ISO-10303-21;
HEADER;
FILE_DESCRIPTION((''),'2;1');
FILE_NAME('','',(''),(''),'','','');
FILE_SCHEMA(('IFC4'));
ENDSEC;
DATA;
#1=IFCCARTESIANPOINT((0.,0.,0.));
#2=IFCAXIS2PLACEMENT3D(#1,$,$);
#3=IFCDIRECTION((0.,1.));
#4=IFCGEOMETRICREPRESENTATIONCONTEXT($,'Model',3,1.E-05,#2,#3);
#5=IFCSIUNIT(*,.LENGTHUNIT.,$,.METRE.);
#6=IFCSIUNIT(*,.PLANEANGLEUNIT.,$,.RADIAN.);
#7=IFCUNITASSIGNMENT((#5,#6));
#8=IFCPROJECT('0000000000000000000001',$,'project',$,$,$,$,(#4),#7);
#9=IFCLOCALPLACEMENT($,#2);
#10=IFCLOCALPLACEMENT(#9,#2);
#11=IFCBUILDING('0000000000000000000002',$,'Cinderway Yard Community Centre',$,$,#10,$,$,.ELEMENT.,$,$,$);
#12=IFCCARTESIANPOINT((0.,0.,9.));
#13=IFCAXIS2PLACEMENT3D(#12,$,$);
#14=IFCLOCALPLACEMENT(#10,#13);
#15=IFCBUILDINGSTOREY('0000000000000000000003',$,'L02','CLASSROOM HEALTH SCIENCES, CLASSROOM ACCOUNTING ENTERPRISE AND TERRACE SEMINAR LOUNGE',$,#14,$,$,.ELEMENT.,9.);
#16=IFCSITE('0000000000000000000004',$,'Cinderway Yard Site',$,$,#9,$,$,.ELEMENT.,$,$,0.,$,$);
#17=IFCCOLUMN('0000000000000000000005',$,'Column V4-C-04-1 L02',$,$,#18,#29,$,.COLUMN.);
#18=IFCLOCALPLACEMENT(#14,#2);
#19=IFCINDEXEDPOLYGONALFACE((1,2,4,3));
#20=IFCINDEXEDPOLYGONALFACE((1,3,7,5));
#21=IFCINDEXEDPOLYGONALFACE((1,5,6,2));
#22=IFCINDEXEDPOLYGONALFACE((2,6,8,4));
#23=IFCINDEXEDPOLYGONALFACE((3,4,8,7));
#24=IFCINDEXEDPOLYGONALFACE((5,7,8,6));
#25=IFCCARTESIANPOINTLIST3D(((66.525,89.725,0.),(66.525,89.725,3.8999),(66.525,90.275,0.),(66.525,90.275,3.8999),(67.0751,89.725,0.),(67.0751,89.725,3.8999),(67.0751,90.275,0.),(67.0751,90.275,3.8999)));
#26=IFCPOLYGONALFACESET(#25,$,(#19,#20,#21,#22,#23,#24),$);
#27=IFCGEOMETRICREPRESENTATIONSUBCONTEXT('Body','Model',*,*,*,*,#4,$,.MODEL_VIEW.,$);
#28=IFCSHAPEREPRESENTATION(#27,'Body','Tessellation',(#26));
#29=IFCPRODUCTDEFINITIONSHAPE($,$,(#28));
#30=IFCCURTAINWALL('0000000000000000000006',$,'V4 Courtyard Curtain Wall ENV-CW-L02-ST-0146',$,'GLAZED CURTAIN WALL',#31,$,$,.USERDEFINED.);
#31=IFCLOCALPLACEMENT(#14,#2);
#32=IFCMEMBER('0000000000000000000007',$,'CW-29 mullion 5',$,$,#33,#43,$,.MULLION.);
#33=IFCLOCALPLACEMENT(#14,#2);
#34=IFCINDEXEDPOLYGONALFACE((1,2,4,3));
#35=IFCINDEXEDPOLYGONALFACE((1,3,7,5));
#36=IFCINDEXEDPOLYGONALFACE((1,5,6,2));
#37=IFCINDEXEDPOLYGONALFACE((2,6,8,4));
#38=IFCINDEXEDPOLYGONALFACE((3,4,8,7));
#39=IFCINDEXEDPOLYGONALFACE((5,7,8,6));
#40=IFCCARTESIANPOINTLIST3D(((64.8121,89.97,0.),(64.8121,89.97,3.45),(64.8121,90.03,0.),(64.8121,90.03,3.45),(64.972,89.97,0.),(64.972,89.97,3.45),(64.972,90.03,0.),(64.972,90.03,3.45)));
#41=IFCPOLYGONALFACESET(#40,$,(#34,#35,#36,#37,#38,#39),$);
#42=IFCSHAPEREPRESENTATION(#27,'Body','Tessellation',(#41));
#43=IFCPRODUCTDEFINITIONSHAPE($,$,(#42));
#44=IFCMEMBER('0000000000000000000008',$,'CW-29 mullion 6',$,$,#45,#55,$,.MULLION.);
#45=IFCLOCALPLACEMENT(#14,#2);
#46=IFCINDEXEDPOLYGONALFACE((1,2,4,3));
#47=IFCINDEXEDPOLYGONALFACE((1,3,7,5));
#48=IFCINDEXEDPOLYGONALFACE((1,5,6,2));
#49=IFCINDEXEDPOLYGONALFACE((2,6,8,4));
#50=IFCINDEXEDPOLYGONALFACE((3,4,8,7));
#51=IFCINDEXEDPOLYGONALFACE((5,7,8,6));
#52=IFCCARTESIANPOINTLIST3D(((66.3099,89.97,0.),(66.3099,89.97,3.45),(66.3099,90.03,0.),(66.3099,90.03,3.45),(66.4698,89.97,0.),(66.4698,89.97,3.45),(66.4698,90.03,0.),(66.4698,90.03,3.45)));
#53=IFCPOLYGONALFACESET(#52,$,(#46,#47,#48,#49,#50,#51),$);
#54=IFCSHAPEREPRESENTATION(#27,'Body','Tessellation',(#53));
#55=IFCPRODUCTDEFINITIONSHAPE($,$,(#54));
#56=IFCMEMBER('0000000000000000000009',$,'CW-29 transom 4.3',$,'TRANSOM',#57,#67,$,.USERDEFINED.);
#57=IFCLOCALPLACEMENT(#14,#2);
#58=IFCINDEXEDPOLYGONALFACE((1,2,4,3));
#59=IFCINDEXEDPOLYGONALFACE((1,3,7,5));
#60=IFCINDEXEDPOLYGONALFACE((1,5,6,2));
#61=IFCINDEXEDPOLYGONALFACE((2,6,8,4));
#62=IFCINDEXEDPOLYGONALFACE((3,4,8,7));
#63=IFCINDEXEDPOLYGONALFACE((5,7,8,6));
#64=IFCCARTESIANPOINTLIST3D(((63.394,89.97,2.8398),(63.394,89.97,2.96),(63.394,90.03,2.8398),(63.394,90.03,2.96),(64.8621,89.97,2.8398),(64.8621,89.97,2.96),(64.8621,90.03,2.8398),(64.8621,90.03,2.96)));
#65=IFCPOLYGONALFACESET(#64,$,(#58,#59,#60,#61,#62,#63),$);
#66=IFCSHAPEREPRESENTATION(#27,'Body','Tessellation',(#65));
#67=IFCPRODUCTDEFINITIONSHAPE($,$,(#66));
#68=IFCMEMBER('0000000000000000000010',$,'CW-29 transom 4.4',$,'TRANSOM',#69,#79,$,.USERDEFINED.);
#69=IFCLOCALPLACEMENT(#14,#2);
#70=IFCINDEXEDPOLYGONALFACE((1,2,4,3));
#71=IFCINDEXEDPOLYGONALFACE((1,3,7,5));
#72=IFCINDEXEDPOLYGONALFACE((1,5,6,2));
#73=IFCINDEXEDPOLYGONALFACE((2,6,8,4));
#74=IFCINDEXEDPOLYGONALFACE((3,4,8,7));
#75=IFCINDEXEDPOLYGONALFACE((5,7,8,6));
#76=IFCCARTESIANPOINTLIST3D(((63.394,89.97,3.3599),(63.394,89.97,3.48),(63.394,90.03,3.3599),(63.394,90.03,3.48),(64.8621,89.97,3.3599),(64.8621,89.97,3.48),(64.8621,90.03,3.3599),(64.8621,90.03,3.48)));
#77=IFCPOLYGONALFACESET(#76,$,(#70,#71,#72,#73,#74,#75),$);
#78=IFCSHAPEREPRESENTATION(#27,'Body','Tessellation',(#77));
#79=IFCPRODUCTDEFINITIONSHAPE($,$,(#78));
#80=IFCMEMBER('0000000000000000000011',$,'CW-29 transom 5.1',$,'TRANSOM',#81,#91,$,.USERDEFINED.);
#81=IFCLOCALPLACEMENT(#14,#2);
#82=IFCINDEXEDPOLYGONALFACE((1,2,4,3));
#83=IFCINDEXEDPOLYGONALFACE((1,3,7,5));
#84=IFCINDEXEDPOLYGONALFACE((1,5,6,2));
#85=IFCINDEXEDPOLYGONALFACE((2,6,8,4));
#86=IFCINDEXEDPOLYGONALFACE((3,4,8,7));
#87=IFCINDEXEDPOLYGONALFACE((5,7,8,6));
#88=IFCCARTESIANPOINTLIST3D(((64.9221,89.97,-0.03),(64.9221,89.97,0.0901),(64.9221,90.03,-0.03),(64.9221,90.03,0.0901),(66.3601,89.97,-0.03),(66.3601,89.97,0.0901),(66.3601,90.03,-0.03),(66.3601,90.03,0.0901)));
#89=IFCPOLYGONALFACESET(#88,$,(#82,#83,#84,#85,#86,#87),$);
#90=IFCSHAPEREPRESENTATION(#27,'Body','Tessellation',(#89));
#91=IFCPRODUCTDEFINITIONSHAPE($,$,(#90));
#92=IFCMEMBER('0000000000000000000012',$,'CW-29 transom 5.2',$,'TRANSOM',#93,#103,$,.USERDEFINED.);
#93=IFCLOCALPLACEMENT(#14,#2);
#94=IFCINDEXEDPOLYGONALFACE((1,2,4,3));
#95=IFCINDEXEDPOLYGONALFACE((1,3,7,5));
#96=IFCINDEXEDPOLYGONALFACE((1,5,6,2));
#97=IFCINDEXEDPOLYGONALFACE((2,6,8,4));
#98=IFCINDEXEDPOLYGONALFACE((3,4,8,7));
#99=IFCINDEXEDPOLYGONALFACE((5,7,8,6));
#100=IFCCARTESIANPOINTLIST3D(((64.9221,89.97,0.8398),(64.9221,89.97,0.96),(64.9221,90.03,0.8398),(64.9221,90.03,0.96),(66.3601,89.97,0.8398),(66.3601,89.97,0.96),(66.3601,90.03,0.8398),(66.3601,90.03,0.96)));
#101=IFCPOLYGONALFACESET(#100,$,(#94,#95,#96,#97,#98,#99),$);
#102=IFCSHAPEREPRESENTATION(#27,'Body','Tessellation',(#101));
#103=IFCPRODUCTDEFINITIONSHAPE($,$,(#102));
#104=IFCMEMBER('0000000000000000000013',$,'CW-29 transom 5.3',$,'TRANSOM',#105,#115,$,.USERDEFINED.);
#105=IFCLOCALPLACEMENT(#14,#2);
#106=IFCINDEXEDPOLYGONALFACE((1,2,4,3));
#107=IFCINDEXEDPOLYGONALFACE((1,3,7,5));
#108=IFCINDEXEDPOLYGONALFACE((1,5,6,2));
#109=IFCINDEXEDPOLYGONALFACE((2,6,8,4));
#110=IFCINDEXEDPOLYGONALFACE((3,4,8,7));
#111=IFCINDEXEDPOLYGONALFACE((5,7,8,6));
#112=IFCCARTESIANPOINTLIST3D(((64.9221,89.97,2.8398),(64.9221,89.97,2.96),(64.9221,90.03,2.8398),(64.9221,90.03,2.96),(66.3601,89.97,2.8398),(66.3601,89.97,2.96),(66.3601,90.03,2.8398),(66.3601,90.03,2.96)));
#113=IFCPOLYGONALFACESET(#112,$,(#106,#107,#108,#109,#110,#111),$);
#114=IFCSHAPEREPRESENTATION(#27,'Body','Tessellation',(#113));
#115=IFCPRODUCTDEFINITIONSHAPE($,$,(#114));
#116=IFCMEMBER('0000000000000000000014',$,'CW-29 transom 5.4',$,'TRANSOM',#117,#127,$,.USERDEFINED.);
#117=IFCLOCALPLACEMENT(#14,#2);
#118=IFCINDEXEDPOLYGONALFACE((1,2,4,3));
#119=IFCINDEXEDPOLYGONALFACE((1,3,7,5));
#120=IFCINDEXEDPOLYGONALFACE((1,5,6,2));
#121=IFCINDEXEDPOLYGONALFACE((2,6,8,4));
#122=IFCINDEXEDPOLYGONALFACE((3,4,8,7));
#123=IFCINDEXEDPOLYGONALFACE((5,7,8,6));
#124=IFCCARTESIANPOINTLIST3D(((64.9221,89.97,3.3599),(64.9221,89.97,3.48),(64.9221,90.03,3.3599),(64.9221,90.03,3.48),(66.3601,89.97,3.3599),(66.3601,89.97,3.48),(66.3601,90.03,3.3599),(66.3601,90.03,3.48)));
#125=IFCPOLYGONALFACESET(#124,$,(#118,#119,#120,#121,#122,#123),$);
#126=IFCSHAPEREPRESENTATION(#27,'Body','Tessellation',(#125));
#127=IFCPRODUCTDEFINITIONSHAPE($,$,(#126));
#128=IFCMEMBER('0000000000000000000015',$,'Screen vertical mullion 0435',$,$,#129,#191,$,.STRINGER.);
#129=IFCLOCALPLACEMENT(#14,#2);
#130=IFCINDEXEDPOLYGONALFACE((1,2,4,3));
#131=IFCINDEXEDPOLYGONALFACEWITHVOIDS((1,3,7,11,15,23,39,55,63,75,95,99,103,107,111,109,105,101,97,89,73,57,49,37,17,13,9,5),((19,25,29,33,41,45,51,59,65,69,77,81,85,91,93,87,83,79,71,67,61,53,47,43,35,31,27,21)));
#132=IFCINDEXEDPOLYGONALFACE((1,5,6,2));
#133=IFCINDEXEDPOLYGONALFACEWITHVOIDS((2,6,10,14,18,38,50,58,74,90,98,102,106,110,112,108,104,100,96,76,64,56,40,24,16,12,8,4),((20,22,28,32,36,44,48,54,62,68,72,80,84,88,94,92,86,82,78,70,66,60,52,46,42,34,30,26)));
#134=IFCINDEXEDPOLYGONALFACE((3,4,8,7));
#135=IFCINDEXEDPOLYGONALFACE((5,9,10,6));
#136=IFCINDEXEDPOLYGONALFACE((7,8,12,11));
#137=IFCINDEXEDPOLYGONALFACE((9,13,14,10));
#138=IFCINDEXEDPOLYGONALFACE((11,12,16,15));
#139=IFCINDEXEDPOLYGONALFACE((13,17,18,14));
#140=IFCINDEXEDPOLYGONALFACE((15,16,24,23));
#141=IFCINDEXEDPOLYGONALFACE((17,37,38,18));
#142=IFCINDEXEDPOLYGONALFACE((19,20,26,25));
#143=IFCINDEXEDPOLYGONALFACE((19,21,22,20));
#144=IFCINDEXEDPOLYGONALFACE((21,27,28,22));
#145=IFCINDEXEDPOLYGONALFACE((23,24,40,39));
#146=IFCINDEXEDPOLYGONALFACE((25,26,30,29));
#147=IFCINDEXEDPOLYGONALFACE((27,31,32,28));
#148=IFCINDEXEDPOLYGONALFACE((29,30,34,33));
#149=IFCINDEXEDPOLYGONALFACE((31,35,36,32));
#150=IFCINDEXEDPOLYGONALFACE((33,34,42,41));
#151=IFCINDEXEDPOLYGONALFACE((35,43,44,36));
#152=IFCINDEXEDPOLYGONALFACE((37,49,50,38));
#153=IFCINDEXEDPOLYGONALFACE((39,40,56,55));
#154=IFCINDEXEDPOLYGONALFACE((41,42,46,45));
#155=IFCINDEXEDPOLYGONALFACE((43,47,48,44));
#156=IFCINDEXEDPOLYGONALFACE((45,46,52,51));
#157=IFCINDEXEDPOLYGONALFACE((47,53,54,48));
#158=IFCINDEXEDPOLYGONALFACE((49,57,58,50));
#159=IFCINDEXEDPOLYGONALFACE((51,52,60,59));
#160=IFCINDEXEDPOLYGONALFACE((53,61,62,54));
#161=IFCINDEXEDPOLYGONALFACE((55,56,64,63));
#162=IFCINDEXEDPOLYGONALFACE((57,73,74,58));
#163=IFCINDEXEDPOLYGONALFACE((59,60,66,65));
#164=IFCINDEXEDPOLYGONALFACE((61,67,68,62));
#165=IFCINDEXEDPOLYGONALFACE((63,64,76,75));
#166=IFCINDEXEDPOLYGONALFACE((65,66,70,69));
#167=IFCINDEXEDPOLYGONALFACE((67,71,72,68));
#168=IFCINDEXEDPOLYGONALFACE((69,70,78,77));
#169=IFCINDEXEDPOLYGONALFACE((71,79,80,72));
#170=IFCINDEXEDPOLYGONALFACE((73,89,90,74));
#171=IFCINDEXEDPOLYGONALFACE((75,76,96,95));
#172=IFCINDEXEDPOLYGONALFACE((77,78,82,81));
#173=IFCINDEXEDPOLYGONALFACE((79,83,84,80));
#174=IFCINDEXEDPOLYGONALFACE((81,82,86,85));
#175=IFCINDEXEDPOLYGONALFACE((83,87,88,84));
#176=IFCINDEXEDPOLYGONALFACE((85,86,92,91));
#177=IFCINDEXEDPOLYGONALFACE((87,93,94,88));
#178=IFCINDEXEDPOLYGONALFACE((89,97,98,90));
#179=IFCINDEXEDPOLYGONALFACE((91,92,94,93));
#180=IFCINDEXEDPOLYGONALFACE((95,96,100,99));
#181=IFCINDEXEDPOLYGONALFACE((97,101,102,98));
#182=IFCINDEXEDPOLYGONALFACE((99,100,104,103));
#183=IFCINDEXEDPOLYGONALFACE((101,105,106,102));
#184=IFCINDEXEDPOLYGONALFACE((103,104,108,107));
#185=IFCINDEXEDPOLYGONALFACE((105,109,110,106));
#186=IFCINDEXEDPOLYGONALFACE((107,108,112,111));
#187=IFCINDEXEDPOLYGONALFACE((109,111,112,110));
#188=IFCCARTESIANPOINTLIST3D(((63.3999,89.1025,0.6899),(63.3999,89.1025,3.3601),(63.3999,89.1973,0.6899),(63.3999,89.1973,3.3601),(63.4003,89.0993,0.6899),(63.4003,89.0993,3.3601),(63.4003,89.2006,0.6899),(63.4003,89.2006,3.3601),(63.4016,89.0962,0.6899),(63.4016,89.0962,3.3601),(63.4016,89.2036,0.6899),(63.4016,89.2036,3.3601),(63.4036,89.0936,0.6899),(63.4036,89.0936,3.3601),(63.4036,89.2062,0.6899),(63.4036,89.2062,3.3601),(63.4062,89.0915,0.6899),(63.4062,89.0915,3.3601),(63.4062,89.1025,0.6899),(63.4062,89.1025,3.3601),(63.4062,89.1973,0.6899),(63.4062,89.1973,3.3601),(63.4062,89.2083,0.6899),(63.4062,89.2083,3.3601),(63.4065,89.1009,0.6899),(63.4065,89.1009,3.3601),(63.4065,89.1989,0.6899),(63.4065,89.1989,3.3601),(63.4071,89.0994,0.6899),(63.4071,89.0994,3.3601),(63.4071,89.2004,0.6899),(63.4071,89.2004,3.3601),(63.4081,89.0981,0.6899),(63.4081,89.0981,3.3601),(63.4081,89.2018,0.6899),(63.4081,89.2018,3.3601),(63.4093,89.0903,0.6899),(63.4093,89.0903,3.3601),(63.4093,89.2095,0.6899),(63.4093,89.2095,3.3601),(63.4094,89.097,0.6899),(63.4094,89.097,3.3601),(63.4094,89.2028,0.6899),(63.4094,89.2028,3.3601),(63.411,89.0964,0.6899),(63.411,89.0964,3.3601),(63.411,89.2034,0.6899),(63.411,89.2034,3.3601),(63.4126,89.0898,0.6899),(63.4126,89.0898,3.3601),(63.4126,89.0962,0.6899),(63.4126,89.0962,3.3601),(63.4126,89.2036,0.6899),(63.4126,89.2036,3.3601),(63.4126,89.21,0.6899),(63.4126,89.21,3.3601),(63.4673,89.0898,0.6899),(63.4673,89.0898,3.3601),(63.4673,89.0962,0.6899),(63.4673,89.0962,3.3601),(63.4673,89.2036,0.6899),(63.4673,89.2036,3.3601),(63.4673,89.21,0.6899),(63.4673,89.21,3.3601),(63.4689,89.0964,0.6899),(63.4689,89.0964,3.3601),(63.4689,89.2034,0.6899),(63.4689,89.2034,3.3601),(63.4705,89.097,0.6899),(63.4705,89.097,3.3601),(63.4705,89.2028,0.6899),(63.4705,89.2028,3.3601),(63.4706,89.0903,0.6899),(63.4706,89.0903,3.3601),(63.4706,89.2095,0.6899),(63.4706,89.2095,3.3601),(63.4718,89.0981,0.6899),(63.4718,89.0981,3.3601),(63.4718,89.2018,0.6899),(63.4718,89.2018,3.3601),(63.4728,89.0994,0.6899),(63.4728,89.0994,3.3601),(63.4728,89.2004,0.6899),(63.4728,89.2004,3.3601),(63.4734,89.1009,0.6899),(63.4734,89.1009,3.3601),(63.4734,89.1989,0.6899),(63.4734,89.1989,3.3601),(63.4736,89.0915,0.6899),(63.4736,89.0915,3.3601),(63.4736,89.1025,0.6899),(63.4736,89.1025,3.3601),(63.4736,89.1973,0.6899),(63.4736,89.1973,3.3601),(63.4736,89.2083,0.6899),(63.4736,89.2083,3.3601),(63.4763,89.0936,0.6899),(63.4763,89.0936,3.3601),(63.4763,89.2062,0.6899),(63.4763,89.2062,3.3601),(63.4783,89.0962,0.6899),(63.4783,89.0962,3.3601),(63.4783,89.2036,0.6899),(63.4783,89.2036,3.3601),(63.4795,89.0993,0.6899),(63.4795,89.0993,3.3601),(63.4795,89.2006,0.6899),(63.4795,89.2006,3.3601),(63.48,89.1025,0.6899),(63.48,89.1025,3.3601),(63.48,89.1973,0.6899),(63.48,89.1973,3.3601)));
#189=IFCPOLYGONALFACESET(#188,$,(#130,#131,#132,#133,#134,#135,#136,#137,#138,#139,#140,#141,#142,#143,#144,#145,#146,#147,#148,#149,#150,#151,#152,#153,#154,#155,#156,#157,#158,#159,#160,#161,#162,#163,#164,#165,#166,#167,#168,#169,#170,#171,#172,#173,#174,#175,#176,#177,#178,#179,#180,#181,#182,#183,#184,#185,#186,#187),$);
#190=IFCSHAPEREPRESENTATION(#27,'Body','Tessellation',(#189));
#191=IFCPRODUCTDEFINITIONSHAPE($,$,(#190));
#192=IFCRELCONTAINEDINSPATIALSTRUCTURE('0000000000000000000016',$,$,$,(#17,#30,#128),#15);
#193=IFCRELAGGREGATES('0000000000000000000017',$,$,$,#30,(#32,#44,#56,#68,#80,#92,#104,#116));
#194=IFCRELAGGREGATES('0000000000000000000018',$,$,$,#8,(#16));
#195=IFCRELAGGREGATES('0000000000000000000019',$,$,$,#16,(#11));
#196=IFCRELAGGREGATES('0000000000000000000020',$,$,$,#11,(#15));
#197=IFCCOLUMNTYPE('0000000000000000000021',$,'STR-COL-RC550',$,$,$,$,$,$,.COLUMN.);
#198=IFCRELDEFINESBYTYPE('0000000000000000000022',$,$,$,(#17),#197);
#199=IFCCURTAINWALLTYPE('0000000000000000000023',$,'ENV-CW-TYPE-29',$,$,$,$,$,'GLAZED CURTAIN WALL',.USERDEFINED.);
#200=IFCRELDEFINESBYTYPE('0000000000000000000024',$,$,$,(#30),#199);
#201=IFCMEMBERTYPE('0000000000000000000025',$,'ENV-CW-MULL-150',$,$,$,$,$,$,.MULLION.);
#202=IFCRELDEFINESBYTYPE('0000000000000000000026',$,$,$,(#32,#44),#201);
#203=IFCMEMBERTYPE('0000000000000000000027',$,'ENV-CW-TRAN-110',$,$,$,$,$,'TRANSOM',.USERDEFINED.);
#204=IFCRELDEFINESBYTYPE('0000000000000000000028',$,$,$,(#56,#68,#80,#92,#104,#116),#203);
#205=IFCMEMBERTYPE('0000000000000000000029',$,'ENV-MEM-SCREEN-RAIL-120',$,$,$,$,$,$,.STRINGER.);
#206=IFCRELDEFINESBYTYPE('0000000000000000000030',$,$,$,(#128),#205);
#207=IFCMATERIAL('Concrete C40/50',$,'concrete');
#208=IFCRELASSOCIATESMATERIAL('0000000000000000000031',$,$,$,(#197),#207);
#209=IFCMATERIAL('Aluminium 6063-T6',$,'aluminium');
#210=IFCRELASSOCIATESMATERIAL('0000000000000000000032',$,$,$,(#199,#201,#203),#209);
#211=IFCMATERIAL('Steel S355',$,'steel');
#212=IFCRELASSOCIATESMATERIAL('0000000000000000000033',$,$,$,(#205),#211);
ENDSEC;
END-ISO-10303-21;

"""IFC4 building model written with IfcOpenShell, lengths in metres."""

from ifc_helpers import new_model, si_unit, direction, frame, origin, origin_2d, place, context, subcontext, project, spatial, rectangle, hollow_rectangle, extrude, material, material_profile, profile_set, type_object, element, aggregate, save


model = new_model("IFC4")

# Units and contexts
model_context = context("Model", 3, precision=1e-05, world=origin(), true_north=direction((0.0, 1.0)))
body_context = subcontext(model_context, "Body", "Model", "MODEL_VIEW")
ifc_project = project(units=[si_unit("LENGTHUNIT", "METRE"), si_unit("PLANEANGLEUNIT", "RADIAN")], contexts=[model_context])

# Site, building, storey
site_placement = place(None, origin())
site = spatial("IfcSite", under=ifc_project, at=site_placement, Name="Cinderway Yard Site", CompositionType="ELEMENT", RefElevation=0.0)
building_placement = place(site_placement, origin())
building = spatial("IfcBuilding", under=site, at=building_placement, Name="Cinderway Yard Community Centre", CompositionType="ELEMENT")
storey_placement = place(building_placement, frame((0.0, 0.0, 9.0)))
storey = spatial("IfcBuildingStorey", under=building, at=storey_placement, Name="L02", Description="CLASSROOM HEALTH SCIENCES, CLASSROOM ACCOUNTING ENTERPRISE AND TERRACE SEMINAR LOUNGE", CompositionType="ELEMENT", Elevation=9.0)

# Column
ifc_material_1 = material(Name="Concrete C40/50", Category="concrete")
ifc_material_profile_1 = material_profile(ifc_material_1, rectangle(XDim=0.55, YDim=0.55, at=origin_2d()), Name="Concrete C40/50")
ifc_profile_set_1 = profile_set([ifc_material_profile_1], Name="Concrete C40/50")
column_type = type_object("IfcColumnType", Name="STR-COL-RC550", PredefinedType="COLUMN", material=ifc_profile_set_1)
column_placement = place(storey_placement, frame((66.8, 90.0, 0.0), z_axis=(0.0, 0.0, 1.0), x_axis=(1.0, 0.0, 0.0)))
element("IfcColumn", 1, at=column_placement, inside=storey, type_object=column_type, Name="Column V4-C-04-1 L02", PredefinedType="COLUMN", context=body_context, shape_type="SweptSolid", body=[
    extrude(rectangle(XDim=0.55, YDim=0.55, at=origin_2d()), origin(), (0.0, 0.0, 1.0), 3.8999),
])

# Curtain wall, members
ifc_material_2 = material(Name="Aluminium 6063-T6", Category="aluminium")
curtain_wall_type = type_object("IfcCurtainWallType", Name="ENV-CW-TYPE-29", ElementType="GLAZED CURTAIN WALL", PredefinedType="USERDEFINED", material=ifc_material_2)
curtain_wall_placement = place(storey_placement, origin())
curtain_wall = element("IfcCurtainWall", 2, at=curtain_wall_placement, inside=storey, type_object=curtain_wall_type, Name="V4 Courtyard Curtain Wall ENV-CW-L02-ST-0146", ObjectType="GLAZED CURTAIN WALL", PredefinedType="USERDEFINED")
ifc_material_profile_2 = material_profile(ifc_material_2, rectangle(XDim=0.0601, YDim=0.1599, at=origin_2d()), Name="Aluminium 6063-T6")
ifc_profile_set_2 = profile_set([ifc_material_profile_2], Name="Aluminium 6063-T6")
member_type_1 = type_object("IfcMemberType", Name="ENV-CW-MULL-150", PredefinedType="MULLION", material=ifc_profile_set_2)
member_1_placement = place(storey_placement, frame((64.8921, 90.0, 0.0), z_axis=(0.0, 0.0, 1.0), x_axis=(0.0, 1.0, 0.0)))
member_1 = element("IfcMember", 3, at=member_1_placement, type_object=member_type_1, Name="CW-29 mullion 5", PredefinedType="MULLION", context=body_context, shape_type="SweptSolid", body=[
    extrude(rectangle(XDim=0.0601, YDim=0.1599, at=origin_2d()), origin(), (0.0, 0.0, 1.0), 3.45),
])
member_2_placement = place(storey_placement, frame((66.3899, 90.0, 0.0), z_axis=(0.0, 0.0, 1.0), x_axis=(0.0, 1.0, 0.0)))
member_2 = element("IfcMember", 4, at=member_2_placement, type_object=member_type_1, Name="CW-29 mullion 6", PredefinedType="MULLION", context=body_context, shape_type="SweptSolid", body=[
    extrude(rectangle(XDim=0.0601, YDim=0.1599, at=origin_2d()), origin(), (0.0, 0.0, 1.0), 3.45),
])
ifc_material_profile_3 = material_profile(ifc_material_2, rectangle(XDim=0.0601, YDim=0.1201, at=origin_2d()), Name="Aluminium 6063-T6")
ifc_profile_set_3 = profile_set([ifc_material_profile_3], Name="Aluminium 6063-T6")
member_type_2 = type_object("IfcMemberType", Name="ENV-CW-TRAN-110", ElementType="TRANSOM", PredefinedType="USERDEFINED", material=ifc_profile_set_3)
member_3_placement = place(storey_placement, frame((63.394, 90.0, 2.8999), z_axis=(1.0, 0.0, 0.0), x_axis=(0.0, 1.0, 0.0)))
member_3 = element("IfcMember", 5, at=member_3_placement, type_object=member_type_2, Name="CW-29 transom 4.3", ObjectType="TRANSOM", PredefinedType="USERDEFINED", context=body_context, shape_type="SweptSolid", body=[
    extrude(rectangle(XDim=0.0601, YDim=0.1201, at=origin_2d()), origin(), (0.0, 0.0, 1.0), 1.468),
])
member_4_placement = place(storey_placement, frame((63.394, 90.0, 3.4199), z_axis=(1.0, 0.0, 0.0), x_axis=(0.0, 1.0, 0.0)))
member_4 = element("IfcMember", 6, at=member_4_placement, type_object=member_type_2, Name="CW-29 transom 4.4", ObjectType="TRANSOM", PredefinedType="USERDEFINED", context=body_context, shape_type="SweptSolid", body=[
    extrude(rectangle(XDim=0.0601, YDim=0.1201, at=origin_2d()), origin(), (0.0, 0.0, 1.0), 1.468),
])
member_5_placement = place(storey_placement, frame((64.9221, 90.0, 0.03), z_axis=(1.0, 0.0, 0.0), x_axis=(0.0, 1.0, 0.0)))
member_5 = element("IfcMember", 7, at=member_5_placement, type_object=member_type_2, Name="CW-29 transom 5.1", ObjectType="TRANSOM", PredefinedType="USERDEFINED", context=body_context, shape_type="SweptSolid", body=[
    extrude(rectangle(XDim=0.0601, YDim=0.1201, at=origin_2d()), origin(), (0.0, 0.0, 1.0), 1.438),
])
member_6_placement = place(storey_placement, frame((64.9221, 90.0, 0.8999), z_axis=(1.0, 0.0, 0.0), x_axis=(0.0, 1.0, 0.0)))
member_6 = element("IfcMember", 8, at=member_6_placement, type_object=member_type_2, Name="CW-29 transom 5.2", ObjectType="TRANSOM", PredefinedType="USERDEFINED", context=body_context, shape_type="SweptSolid", body=[
    extrude(rectangle(XDim=0.0601, YDim=0.1201, at=origin_2d()), origin(), (0.0, 0.0, 1.0), 1.438),
])
member_7_placement = place(storey_placement, frame((64.9221, 90.0, 2.8999), z_axis=(1.0, 0.0, 0.0), x_axis=(0.0, 1.0, 0.0)))
member_7 = element("IfcMember", 9, at=member_7_placement, type_object=member_type_2, Name="CW-29 transom 5.3", ObjectType="TRANSOM", PredefinedType="USERDEFINED", context=body_context, shape_type="SweptSolid", body=[
    extrude(rectangle(XDim=0.0601, YDim=0.1201, at=origin_2d()), origin(), (0.0, 0.0, 1.0), 1.438),
])
member_8_placement = place(storey_placement, frame((64.9221, 90.0, 3.4199), z_axis=(1.0, 0.0, 0.0), x_axis=(0.0, 1.0, 0.0)))
member_8 = element("IfcMember", 10, at=member_8_placement, type_object=member_type_2, Name="CW-29 transom 5.4", ObjectType="TRANSOM", PredefinedType="USERDEFINED", context=body_context, shape_type="SweptSolid", body=[
    extrude(rectangle(XDim=0.0601, YDim=0.1201, at=origin_2d()), origin(), (0.0, 0.0, 1.0), 1.438),
])

# Member
ifc_material_3 = material(Name="Steel S355", Category="steel")
ifc_material_profile_4 = material_profile(ifc_material_3, hollow_rectangle(XDim=0.0801, YDim=0.1201, WallThickness=0.0063, InnerFilletRadius=0.0063, OuterFilletRadius=0.0127, at=origin_2d()), Name="Steel S355")
ifc_profile_set_4 = profile_set([ifc_material_profile_4], Name="Steel S355")
member_type_3 = type_object("IfcMemberType", Name="ENV-MEM-SCREEN-RAIL-120", PredefinedType="STRINGER", material=ifc_profile_set_4)
for number, where, z_axis, x_axis, name in (
    (11, (63.4399, 89.1499, 0.6899), (0.0, 0.0, 1.0), (1.0, 0.0, 0.0), "Screen vertical mullion 0435"),
):
    element("IfcMember", number, at=place(storey_placement, frame(where, z_axis=z_axis, x_axis=x_axis)), inside=storey, type_object=member_type_3, Name=name, PredefinedType="STRINGER", context=body_context, shape_type="SweptSolid", body=[
        extrude(hollow_rectangle(XDim=0.0801, YDim=0.1201, WallThickness=0.0063, InnerFilletRadius=0.0063, OuterFilletRadius=0.0127, at=origin_2d()), origin(), (0.0, 0.0, 1.0), 2.6702),
    ])

aggregate(curtain_wall, [member_1, member_2, member_3, member_4, member_5, member_6, member_7, member_8])

save(model, "model.ifc")
